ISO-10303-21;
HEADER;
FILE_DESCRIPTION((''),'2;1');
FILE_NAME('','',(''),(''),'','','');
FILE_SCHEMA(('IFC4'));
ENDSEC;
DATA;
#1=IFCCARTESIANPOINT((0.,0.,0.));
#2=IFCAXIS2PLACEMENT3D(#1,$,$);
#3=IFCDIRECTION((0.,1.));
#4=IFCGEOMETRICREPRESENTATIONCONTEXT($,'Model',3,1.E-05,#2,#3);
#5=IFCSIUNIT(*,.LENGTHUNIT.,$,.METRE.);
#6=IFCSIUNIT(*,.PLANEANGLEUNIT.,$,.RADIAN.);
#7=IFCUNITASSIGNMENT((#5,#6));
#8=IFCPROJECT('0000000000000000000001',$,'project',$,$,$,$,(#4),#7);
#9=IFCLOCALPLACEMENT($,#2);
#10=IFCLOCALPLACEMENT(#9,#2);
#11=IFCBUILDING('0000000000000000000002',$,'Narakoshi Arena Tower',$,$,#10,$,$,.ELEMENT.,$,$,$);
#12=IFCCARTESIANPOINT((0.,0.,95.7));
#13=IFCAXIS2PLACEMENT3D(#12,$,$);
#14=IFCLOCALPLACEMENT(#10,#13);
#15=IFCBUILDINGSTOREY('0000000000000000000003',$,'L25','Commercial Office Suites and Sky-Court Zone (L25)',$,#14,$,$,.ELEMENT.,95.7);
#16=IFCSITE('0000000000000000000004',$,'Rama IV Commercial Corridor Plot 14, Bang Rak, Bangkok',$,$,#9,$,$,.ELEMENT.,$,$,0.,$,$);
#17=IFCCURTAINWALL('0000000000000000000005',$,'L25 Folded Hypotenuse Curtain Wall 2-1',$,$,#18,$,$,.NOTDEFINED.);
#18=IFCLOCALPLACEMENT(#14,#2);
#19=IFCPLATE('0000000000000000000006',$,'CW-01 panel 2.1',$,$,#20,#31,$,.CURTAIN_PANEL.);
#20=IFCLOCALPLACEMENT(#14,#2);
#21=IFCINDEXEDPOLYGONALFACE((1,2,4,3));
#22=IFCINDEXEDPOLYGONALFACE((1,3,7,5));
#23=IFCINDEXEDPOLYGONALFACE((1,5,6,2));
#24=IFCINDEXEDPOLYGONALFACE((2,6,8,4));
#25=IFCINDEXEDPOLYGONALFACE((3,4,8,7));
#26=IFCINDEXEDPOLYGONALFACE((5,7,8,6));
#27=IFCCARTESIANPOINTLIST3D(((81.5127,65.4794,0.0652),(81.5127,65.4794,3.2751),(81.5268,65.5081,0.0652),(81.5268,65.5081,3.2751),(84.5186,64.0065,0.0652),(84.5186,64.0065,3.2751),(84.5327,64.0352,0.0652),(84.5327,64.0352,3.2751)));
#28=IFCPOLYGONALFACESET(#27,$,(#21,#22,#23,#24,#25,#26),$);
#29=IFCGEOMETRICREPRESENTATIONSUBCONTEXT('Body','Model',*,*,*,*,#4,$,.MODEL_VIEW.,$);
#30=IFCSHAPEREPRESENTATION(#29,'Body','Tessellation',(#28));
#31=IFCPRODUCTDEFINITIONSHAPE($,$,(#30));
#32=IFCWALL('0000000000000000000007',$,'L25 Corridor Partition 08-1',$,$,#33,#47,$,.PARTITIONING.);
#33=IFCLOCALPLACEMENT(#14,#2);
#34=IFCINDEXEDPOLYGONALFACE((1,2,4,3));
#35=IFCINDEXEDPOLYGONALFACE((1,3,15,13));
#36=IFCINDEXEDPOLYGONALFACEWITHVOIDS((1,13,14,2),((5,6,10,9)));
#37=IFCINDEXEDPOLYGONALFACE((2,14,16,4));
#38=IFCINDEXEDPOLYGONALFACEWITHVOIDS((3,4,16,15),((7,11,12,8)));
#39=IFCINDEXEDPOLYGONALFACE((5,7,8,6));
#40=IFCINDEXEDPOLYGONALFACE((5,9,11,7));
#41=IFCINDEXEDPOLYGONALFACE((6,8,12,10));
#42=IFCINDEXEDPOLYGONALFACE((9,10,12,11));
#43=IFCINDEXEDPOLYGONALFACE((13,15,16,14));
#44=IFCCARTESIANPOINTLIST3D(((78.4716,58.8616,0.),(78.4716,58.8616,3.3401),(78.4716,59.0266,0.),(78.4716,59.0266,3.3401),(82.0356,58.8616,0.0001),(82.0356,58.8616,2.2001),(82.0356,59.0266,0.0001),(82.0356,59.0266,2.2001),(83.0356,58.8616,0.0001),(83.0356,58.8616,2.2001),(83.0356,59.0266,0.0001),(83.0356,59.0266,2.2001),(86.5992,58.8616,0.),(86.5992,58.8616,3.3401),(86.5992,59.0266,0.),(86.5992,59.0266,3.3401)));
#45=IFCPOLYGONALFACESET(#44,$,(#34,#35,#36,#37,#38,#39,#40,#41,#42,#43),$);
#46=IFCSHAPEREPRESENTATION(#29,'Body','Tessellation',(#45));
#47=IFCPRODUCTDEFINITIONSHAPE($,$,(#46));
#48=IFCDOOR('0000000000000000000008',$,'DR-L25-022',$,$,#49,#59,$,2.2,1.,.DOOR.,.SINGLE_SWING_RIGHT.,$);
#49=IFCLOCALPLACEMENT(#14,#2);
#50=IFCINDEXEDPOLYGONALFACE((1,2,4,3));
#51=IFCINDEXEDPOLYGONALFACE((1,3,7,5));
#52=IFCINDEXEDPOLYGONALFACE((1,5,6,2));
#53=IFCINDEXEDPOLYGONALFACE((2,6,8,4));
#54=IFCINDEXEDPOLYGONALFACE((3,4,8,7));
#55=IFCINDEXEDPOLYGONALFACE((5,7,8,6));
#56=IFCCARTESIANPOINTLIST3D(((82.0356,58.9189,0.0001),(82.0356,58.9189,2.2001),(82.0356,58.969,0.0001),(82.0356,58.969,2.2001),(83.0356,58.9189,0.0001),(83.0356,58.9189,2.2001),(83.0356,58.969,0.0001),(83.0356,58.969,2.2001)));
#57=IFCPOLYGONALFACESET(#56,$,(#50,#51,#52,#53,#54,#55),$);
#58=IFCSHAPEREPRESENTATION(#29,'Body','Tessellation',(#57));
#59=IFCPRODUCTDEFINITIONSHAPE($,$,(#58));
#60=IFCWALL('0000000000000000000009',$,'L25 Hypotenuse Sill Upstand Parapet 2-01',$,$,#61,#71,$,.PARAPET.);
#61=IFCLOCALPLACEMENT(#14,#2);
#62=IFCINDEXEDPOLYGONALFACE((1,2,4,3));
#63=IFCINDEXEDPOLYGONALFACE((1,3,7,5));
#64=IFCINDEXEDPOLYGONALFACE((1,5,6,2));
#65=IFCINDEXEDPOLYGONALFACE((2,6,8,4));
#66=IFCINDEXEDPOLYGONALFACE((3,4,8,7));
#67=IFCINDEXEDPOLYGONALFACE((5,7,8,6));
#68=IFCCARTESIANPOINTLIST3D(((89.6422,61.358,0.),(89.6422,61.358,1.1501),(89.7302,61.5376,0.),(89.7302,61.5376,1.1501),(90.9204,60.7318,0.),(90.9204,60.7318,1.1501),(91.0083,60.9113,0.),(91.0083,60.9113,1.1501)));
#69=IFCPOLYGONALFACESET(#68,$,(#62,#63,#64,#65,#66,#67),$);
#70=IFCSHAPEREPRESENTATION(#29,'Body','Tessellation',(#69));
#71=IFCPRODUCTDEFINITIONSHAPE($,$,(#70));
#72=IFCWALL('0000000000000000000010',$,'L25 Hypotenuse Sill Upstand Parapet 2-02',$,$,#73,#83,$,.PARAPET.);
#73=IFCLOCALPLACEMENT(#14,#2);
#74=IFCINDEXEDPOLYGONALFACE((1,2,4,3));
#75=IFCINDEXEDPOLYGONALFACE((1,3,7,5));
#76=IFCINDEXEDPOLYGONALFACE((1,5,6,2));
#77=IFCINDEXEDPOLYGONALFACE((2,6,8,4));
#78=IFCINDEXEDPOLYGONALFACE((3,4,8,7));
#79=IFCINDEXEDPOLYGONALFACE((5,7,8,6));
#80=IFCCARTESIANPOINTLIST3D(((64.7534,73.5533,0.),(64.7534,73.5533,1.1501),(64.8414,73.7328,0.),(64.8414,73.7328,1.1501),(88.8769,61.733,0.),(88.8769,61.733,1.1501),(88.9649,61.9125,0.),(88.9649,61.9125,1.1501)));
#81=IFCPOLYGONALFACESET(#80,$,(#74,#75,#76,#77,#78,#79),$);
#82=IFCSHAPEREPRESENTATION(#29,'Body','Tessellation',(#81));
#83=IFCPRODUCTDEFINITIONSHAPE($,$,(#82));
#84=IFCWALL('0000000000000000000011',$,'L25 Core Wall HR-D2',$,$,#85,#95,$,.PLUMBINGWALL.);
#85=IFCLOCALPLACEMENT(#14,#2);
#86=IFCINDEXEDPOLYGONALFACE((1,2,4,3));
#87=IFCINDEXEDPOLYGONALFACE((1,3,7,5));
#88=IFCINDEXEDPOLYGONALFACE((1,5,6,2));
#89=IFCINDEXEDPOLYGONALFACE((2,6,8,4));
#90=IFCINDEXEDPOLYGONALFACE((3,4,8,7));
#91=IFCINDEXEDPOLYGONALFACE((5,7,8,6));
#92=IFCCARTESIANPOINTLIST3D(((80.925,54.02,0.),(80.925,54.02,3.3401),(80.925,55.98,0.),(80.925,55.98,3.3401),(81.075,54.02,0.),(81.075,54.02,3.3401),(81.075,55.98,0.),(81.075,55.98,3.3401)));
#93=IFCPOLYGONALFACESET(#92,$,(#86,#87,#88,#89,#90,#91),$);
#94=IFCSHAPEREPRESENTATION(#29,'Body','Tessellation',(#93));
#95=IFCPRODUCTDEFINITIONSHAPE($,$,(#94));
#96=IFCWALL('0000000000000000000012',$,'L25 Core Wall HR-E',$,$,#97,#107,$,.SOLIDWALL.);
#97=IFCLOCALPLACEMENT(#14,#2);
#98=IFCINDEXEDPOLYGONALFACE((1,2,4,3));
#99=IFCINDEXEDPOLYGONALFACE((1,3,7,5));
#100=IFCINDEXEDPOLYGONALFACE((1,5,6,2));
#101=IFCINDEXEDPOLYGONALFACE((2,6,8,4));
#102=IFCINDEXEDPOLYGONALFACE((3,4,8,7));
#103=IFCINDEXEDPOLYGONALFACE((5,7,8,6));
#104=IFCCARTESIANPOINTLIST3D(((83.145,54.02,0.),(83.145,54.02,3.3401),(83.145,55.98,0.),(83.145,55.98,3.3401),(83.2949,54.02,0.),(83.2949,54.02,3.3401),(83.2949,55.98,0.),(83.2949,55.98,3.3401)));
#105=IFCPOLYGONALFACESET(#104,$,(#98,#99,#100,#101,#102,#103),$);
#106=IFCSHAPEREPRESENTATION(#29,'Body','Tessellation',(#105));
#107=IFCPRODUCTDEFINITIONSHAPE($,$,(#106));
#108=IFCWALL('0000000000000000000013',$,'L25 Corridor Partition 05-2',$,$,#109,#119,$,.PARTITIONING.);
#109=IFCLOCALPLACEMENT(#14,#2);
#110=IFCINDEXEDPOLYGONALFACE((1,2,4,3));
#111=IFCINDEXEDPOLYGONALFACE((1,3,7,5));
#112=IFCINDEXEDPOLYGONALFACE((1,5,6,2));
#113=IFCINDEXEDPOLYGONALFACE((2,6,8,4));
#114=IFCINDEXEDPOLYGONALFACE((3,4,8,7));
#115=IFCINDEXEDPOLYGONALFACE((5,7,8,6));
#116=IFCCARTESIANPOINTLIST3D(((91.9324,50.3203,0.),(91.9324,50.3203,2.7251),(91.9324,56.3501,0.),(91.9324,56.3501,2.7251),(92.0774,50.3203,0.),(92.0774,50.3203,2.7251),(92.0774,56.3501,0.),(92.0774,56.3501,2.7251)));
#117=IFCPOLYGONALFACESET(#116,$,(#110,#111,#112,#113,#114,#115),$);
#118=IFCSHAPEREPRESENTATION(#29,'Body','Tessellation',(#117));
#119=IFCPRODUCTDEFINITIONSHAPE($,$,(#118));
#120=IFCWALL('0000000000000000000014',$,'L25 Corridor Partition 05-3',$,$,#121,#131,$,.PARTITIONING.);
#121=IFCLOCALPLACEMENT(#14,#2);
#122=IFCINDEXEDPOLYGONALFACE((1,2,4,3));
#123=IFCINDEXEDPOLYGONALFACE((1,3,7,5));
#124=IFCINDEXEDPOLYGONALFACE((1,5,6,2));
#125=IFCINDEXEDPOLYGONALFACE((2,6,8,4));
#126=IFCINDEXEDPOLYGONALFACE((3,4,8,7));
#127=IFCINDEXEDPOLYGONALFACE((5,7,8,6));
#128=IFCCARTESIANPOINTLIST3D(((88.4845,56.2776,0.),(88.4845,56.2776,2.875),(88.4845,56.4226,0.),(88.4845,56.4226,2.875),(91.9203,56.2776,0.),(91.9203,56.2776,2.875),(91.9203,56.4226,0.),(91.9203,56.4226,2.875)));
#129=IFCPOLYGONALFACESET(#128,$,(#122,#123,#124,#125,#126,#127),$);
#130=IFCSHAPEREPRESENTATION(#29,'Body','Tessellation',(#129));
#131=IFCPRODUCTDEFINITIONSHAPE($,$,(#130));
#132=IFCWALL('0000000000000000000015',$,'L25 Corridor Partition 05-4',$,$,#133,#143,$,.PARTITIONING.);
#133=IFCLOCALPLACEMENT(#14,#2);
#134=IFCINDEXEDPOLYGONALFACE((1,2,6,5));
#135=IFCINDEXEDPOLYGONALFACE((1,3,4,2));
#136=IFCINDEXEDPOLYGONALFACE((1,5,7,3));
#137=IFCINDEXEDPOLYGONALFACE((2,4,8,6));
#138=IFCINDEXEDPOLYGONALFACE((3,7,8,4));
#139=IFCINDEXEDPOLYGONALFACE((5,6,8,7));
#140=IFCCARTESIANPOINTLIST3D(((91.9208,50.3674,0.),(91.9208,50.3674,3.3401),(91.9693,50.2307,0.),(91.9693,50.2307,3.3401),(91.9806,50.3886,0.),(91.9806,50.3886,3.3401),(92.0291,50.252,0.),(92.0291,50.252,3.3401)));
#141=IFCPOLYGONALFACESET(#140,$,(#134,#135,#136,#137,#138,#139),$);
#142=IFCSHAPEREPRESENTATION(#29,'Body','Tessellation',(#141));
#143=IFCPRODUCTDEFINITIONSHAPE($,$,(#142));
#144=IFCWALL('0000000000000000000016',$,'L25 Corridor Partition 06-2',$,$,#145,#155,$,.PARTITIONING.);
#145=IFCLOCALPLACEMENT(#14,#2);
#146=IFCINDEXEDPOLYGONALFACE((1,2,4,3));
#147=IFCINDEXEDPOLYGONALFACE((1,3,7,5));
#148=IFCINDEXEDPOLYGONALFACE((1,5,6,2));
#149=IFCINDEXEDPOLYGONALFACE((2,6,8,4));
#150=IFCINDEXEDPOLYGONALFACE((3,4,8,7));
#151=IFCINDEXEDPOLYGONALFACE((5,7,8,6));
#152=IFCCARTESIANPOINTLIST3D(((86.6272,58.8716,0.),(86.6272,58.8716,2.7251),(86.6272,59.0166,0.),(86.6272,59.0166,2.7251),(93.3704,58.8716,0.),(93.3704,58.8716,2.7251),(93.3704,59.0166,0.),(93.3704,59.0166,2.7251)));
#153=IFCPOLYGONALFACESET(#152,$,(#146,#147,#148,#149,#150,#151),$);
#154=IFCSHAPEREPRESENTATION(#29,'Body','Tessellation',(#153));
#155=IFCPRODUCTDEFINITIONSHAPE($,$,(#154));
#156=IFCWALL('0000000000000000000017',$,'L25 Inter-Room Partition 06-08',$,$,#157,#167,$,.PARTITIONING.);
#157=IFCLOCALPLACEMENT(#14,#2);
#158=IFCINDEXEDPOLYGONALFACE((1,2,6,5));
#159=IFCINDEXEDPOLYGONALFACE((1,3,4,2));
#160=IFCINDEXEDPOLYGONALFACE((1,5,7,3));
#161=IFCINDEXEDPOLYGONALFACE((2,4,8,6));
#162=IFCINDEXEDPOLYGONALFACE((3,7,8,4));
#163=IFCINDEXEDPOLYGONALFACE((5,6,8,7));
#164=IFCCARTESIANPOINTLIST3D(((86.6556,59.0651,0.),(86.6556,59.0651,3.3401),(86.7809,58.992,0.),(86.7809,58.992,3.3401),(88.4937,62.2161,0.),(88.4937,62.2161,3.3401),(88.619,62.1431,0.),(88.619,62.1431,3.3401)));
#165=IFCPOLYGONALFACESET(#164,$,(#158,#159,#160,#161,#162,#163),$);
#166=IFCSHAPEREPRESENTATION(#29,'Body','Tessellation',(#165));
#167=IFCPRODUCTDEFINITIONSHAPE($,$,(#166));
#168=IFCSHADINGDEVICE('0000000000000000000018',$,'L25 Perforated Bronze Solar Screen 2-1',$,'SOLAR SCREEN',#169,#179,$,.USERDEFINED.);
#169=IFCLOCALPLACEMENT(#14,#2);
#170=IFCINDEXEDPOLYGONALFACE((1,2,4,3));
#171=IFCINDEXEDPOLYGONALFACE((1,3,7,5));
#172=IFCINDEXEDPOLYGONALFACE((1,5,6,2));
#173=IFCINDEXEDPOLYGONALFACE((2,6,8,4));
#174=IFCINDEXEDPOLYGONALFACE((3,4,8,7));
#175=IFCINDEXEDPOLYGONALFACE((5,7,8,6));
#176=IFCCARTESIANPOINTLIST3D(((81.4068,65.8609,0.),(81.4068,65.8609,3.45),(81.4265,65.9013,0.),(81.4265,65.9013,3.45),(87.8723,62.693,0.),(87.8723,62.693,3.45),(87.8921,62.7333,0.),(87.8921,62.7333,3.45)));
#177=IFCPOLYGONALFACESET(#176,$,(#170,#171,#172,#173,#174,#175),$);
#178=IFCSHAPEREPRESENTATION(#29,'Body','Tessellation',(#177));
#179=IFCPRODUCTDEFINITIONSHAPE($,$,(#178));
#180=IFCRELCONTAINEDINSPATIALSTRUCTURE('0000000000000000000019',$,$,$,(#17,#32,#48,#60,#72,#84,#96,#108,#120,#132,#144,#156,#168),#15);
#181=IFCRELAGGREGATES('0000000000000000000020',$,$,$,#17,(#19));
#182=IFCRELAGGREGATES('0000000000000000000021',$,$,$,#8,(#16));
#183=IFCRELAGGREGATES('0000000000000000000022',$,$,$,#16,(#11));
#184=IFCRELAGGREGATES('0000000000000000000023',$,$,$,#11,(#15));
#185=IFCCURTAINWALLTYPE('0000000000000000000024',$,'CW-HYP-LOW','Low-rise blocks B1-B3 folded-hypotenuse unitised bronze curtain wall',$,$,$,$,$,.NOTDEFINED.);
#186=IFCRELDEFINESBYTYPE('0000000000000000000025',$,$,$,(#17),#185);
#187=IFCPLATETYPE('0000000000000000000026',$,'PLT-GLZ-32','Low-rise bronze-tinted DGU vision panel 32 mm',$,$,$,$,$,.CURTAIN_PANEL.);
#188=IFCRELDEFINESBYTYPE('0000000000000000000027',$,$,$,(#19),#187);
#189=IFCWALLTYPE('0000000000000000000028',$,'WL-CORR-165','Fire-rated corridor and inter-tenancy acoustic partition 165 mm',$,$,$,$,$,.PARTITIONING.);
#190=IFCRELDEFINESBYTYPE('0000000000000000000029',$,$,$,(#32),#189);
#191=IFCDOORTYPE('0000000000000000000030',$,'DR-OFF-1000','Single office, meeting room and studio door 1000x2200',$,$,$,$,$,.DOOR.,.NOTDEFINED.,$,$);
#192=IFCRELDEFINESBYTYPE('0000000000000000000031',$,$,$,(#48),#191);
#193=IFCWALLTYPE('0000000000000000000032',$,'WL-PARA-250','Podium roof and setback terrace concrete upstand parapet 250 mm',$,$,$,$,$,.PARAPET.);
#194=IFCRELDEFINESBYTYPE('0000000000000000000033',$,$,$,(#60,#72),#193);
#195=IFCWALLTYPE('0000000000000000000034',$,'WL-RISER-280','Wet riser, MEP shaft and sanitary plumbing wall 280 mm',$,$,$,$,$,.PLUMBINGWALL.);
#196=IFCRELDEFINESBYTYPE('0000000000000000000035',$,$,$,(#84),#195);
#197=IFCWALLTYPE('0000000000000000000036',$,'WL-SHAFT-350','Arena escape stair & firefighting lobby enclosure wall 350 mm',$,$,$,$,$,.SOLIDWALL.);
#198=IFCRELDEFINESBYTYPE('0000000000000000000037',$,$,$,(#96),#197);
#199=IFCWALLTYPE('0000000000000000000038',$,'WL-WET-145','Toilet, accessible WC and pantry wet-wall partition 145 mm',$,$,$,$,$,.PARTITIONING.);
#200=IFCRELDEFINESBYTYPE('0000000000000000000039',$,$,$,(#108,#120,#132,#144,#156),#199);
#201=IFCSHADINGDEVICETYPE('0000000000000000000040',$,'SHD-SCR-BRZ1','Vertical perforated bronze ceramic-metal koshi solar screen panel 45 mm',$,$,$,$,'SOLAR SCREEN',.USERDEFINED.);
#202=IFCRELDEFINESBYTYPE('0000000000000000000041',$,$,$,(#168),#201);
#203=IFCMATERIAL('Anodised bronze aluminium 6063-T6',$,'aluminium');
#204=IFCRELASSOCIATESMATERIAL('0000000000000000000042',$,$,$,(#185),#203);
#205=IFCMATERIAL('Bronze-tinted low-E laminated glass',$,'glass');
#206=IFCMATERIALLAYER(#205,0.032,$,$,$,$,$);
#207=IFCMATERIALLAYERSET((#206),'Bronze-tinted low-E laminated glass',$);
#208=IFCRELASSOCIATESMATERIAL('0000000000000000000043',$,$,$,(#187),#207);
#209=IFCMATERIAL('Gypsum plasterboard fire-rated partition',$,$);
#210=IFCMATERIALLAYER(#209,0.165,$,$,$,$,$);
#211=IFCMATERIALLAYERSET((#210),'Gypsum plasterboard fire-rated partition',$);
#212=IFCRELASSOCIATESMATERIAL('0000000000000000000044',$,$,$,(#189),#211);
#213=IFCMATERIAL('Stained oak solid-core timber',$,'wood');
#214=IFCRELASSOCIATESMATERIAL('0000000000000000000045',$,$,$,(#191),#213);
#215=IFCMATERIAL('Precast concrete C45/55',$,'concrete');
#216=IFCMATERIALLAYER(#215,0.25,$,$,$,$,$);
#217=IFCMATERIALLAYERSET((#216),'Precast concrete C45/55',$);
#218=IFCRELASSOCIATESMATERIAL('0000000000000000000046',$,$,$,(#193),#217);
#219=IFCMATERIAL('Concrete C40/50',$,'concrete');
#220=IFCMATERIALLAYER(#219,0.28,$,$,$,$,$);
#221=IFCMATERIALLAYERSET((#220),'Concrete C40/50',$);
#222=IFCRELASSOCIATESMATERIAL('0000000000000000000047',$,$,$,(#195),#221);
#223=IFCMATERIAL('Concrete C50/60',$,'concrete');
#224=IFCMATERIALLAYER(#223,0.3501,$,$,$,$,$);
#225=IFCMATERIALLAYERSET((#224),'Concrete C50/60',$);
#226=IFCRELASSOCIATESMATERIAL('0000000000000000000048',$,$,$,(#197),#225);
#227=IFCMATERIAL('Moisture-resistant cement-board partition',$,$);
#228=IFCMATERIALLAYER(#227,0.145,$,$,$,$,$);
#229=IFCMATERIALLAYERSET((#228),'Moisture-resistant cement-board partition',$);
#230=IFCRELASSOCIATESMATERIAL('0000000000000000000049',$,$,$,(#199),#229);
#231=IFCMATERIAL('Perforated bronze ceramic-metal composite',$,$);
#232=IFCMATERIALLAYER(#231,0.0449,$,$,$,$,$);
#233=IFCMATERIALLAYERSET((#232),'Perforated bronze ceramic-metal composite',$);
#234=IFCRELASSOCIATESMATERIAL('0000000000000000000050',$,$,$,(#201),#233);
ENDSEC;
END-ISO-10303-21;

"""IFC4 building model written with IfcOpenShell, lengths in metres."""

from ifc_helpers import new_model, si_unit, direction, frame, frame_2d, origin, origin_2d, place, context, subcontext, project, spatial, rectangle, extrude, material, layer, layer_set, type_object, element, fill, aggregate, save


model = new_model("IFC4")

# Units and contexts
model_context = context("Model", 3, precision=1e-05, world=origin(), true_north=direction((0.0, 1.0)))
body_context = subcontext(model_context, "Body", "Model", "MODEL_VIEW")
ifc_project = project(units=[si_unit("LENGTHUNIT", "METRE"), si_unit("PLANEANGLEUNIT", "RADIAN")], contexts=[model_context])

# Site, building, storey
site_placement = place(None, origin())
site = spatial("IfcSite", under=ifc_project, at=site_placement, Name="Rama IV Commercial Corridor Plot 14, Bang Rak, Bangkok", CompositionType="ELEMENT", RefElevation=0.0)
building_placement = place(site_placement, origin())
building = spatial("IfcBuilding", under=site, at=building_placement, Name="Narakoshi Arena Tower", CompositionType="ELEMENT")
storey_placement = place(building_placement, frame((0.0, 0.0, 95.7)))
storey = spatial("IfcBuildingStorey", under=building, at=storey_placement, Name="L25", Description="Commercial Office Suites and Sky-Court Zone (L25)", CompositionType="ELEMENT", Elevation=95.7)

# Curtain wall, plate
ifc_material_1 = material(Name="Anodised bronze aluminium 6063-T6", Category="aluminium")
curtain_wall_type = type_object("IfcCurtainWallType", Name="CW-HYP-LOW", Description="Low-rise blocks B1-B3 folded-hypotenuse unitised bronze curtain wall", PredefinedType="NOTDEFINED", material=ifc_material_1)
curtain_wall_placement = place(storey_placement, origin())
curtain_wall = element("IfcCurtainWall", 1, at=curtain_wall_placement, inside=storey, type_object=curtain_wall_type, Name="L25 Folded Hypotenuse Curtain Wall 2-1", PredefinedType="NOTDEFINED")
ifc_material_2 = material(Name="Bronze-tinted low-E laminated glass", Category="glass")
ifc_layer_1 = layer(ifc_material_2, 0.032)
ifc_layer_set_1 = layer_set([ifc_layer_1], Name="Bronze-tinted low-E laminated glass")
plate_type = type_object("IfcPlateType", Name="PLT-GLZ-32", Description="Low-rise bronze-tinted DGU vision panel 32 mm", PredefinedType="CURTAIN_PANEL", material=ifc_layer_set_1)
plate_1_placement = place(storey_placement, frame((83.0227, 64.7573, 0.0652), z_axis=(0.0, 0.0, 1.0), x_axis=(-0.897996, 0.440005, 0.0)))
plate_1 = element("IfcPlate", 2, at=plate_1_placement, type_object=plate_type, Name="CW-01 panel 2.1", PredefinedType="CURTAIN_PANEL", context=body_context, shape_type="SweptSolid", body=[
    extrude(rectangle(XDim=3.3474, YDim=0.032, at=origin_2d()), origin(), (0.0, 0.0, 1.0), 3.21),
])
aggregate(curtain_wall, [plate_1])

# Wall, opening, door
ifc_material_3 = material(Name="Gypsum plasterboard fire-rated partition")
ifc_layer_2 = layer(ifc_material_3, 0.165)
ifc_layer_set_2 = layer_set([ifc_layer_2], Name="Gypsum plasterboard fire-rated partition")
wall_type_1 = type_object("IfcWallType", Name="WL-CORR-165", Description="Fire-rated corridor and inter-tenancy acoustic partition 165 mm", PredefinedType="PARTITIONING", material=ifc_layer_set_2)
wall_1_placement = place(storey_placement, frame((86.5994, 58.9441, 0.0), z_axis=(0.0, 0.0, 1.0), x_axis=(-1.0, 0.0, 0.0)))
wall_1 = element("IfcWall", 3, at=wall_1_placement, inside=storey, type_object=wall_type_1, Name="L25 Corridor Partition 08-1", PredefinedType="PARTITIONING", context=body_context, shape_type="SweptSolid", body=[
    extrude(rectangle(XDim=8.1277, YDim=0.165, at=frame_2d((4.064, 0.0))), origin(), (0.0, 0.0, 1.0), 3.3401),
])
opening_placement = place(wall_1_placement, frame((3.5637, 0.0, 0.0)))
opening = element("IfcOpeningElement", 4, at=opening_placement, cuts=wall_1, PredefinedType="OPENING", context=body_context, shape_type="SweptSolid", body=[
    extrude(rectangle(XDim=1.0, YDim=2.2, at=frame_2d((0.5, 1.1001))), frame((0.0, 0.0925, 0.0), z_axis=(0.0, -1.0, 0.0), x_axis=(1.0, 0.0, 0.0)), (0.0, 0.0, 1.0), 0.1851),
])
ifc_material_4 = material(Name="Stained oak solid-core timber", Category="wood")
door_type = type_object("IfcDoorType", Name="DR-OFF-1000", Description="Single office, meeting room and studio door 1000x2200", OperationType="NOTDEFINED", PredefinedType="DOOR", material=ifc_material_4)
door_placement = place(opening_placement, frame((1.0, 0.0, 0.0), z_axis=(0.0, 0.0, 1.0), x_axis=(-1.0, 0.0, 0.0)))
door = element("IfcDoor", 5, at=door_placement, inside=storey, type_object=door_type, Name="DR-L25-022", OperationType="SINGLE_SWING_RIGHT", OverallHeight=2.2, OverallWidth=1.0, PredefinedType="DOOR", context=body_context, shape_type="SweptSolid", body=[
    extrude(rectangle(XDim=1.0, YDim=2.2, at=frame_2d((0.5, 1.1001))), frame((0.0, 0.0249, 0.0), z_axis=(0.0, -1.0, 0.0), x_axis=(1.0, 0.0, 0.0)), (0.0, 0.0, 1.0), 0.05),
])
fill(opening, door)

# Walls
ifc_material_5 = material(Name="Precast concrete C45/55", Category="concrete")
ifc_layer_3 = layer(ifc_material_5, 0.25)
ifc_layer_set_3 = layer_set([ifc_layer_3], Name="Precast concrete C45/55")
wall_type_2 = type_object("IfcWallType", Name="WL-PARA-250", Description="Podium roof and setback terrace concrete upstand parapet 250 mm", PredefinedType="PARAPET", material=ifc_layer_set_3)
wall_2_placement = place(storey_placement, frame((90.9644, 60.8215, 0.0), z_axis=(0.0, 0.0, 1.0), x_axis=(-0.898, 0.439994, 0.0)))
element("IfcWall", 6, at=wall_2_placement, inside=storey, type_object=wall_type_2, Name="L25 Hypotenuse Sill Upstand Parapet 2-01", PredefinedType="PARAPET", context=body_context, shape_type="SweptSolid", body=[
    extrude(rectangle(XDim=1.4233, YDim=0.2, at=frame_2d((0.7117, 0.0))), origin(), (0.0, 0.0, 1.0), 1.1501),
])
wall_3_placement = place(storey_placement, frame((88.9209, 61.8228, 0.0), z_axis=(0.0, 0.0, 1.0), x_axis=(-0.897994, 0.440009, 0.0)))
element("IfcWall", 7, at=wall_3_placement, inside=storey, type_object=wall_type_2, Name="L25 Hypotenuse Sill Upstand Parapet 2-02", PredefinedType="PARAPET", context=body_context, shape_type="SweptSolid", body=[
    extrude(rectangle(XDim=26.8638, YDim=0.2, at=frame_2d((13.4319, 0.0))), origin(), (0.0, 0.0, 1.0), 1.1501),
])
ifc_material_6 = material(Name="Concrete C40/50", Category="concrete")
ifc_layer_4 = layer(ifc_material_6, 0.28)
ifc_layer_set_4 = layer_set([ifc_layer_4], Name="Concrete C40/50")
wall_type_3 = type_object("IfcWallType", Name="WL-RISER-280", Description="Wet riser, MEP shaft and sanitary plumbing wall 280 mm", PredefinedType="PLUMBINGWALL", material=ifc_layer_set_4)
wall_4_placement = place(storey_placement, frame((81.0, 54.02, 0.0), z_axis=(0.0, 0.0, 1.0), x_axis=(0.0, 1.0, 0.0)))
element("IfcWall", 8, at=wall_4_placement, inside=storey, type_object=wall_type_3, Name="L25 Core Wall HR-D2", PredefinedType="PLUMBINGWALL", context=body_context, shape_type="SweptSolid", body=[
    extrude(rectangle(XDim=1.96, YDim=0.1499, at=frame_2d((0.98, 0.0))), origin(), (0.0, 0.0, 1.0), 3.3401),
])
ifc_material_7 = material(Name="Concrete C50/60", Category="concrete")
ifc_layer_5 = layer(ifc_material_7, 0.3501)
ifc_layer_set_5 = layer_set([ifc_layer_5], Name="Concrete C50/60")
wall_type_4 = type_object("IfcWallType", Name="WL-SHAFT-350", Description="Arena escape stair & firefighting lobby enclosure wall 350 mm", PredefinedType="SOLIDWALL", material=ifc_layer_set_5)
wall_5_placement = place(storey_placement, frame((83.22, 54.02, 0.0), z_axis=(0.0, 0.0, 1.0), x_axis=(0.0, 1.0, 0.0)))
element("IfcWall", 9, at=wall_5_placement, inside=storey, type_object=wall_type_4, Name="L25 Core Wall HR-E", PredefinedType="SOLIDWALL", context=body_context, shape_type="SweptSolid", body=[
    extrude(rectangle(XDim=1.96, YDim=0.1499, at=frame_2d((0.98, 0.0))), origin(), (0.0, 0.0, 1.0), 3.3401),
])
ifc_material_8 = material(Name="Moisture-resistant cement-board partition")
ifc_layer_6 = layer(ifc_material_8, 0.145)
ifc_layer_set_6 = layer_set([ifc_layer_6], Name="Moisture-resistant cement-board partition")
wall_type_5 = type_object("IfcWallType", Name="WL-WET-145", Description="Toilet, accessible WC and pantry wet-wall partition 145 mm", PredefinedType="PARTITIONING", material=ifc_layer_set_6)
wall_6_placement = place(storey_placement, frame((92.0049, 56.3501, 0.0), z_axis=(0.0, 0.0, 1.0), x_axis=(0.0, -1.0, 0.0)))
element("IfcWall", 10, at=wall_6_placement, inside=storey, type_object=wall_type_5, Name="L25 Corridor Partition 05-2", PredefinedType="PARTITIONING", context=body_context, shape_type="SweptSolid", body=[
    extrude(rectangle(XDim=6.0298, YDim=0.145, at=frame_2d((3.0149, 0.0))), origin(), (0.0, 0.0, 1.0), 2.7251),
])
wall_7_placement = place(storey_placement, frame((88.4846, 56.3501, 0.0), z_axis=(0.0, 0.0, 1.0), x_axis=(1.0, 0.0, 0.0)))
element("IfcWall", 11, at=wall_7_placement, inside=storey, type_object=wall_type_5, Name="L25 Corridor Partition 05-3", PredefinedType="PARTITIONING", context=body_context, shape_type="SweptSolid", body=[
    extrude(rectangle(XDim=3.4358, YDim=0.145, at=frame_2d((1.7178, 0.0))), origin(), (0.0, 0.0, 1.0), 2.875),
])
wall_8_placement = place(storey_placement, frame((92.0049, 50.3203, 0.0), z_axis=(0.0, 0.0, 1.0), x_axis=(-0.94235, -0.33463, 0.0)))
element("IfcWall", 12, at=wall_8_placement, inside=storey, type_object=wall_type_5, Name="L25 Corridor Partition 05-4", PredefinedType="PARTITIONING", context=body_context, shape_type="SweptSolid", body=[
    extrude(rectangle(XDim=0.0635, YDim=0.145, at=frame_2d((0.0317, 0.0))), origin(), (0.0, 0.0, 1.0), 3.3401),
])
wall_9_placement = place(storey_placement, frame((93.3704, 58.9441, 0.0), z_axis=(0.0, 0.0, 1.0), x_axis=(-1.0, 0.0, 0.0)))
element("IfcWall", 13, at=wall_9_placement, inside=storey, type_object=wall_type_5, Name="L25 Corridor Partition 06-2", PredefinedType="PARTITIONING", context=body_context, shape_type="SweptSolid", body=[
    extrude(rectangle(XDim=6.7432, YDim=0.145, at=frame_2d((3.3716, 0.0))), origin(), (0.0, 0.0, 1.0), 2.7251),
])
wall_10_placement = place(storey_placement, frame((86.7183, 59.0286, 0.0), z_axis=(0.0, 0.0, 1.0), x_axis=(0.503867, 0.863781, 0.0)))
element("IfcWall", 14, at=wall_10_placement, inside=storey, type_object=wall_type_5, Name="L25 Inter-Room Partition 06-08", PredefinedType="PARTITIONING", context=body_context, shape_type="SweptSolid", body=[
    extrude(rectangle(XDim=3.6479, YDim=0.145, at=frame_2d((1.824, 0.0))), origin(), (0.0, 0.0, 1.0), 3.3401),
])

# Shading device
ifc_material_9 = material(Name="Perforated bronze ceramic-metal composite")
ifc_layer_7 = layer(ifc_material_9, 0.0449)
ifc_layer_set_7 = layer_set([ifc_layer_7], Name="Perforated bronze ceramic-metal composite")
shading_device_type = type_object("IfcShadingDeviceType", Name="SHD-SCR-BRZ1", Description="Vertical perforated bronze ceramic-metal koshi solar screen panel 45 mm", ElementType="SOLAR SCREEN", PredefinedType="USERDEFINED", material=ifc_layer_set_7)
shading_device_placement = place(storey_placement, frame((84.6494, 64.2971, 0.0), z_axis=(0.0, 0.0, 1.0), x_axis=(-0.897997, 0.440002, 0.0)))
element("IfcShadingDevice", 15, at=shading_device_placement, inside=storey, type_object=shading_device_type, Name="L25 Perforated Bronze Solar Screen 2-1", ObjectType="SOLAR SCREEN", PredefinedType="USERDEFINED", context=body_context, shape_type="SweptSolid", body=[
    extrude(rectangle(XDim=7.2, YDim=0.0449, at=origin_2d()), origin(), (0.0, 0.0, 1.0), 3.45),
])

save(model, "model.ifc")
